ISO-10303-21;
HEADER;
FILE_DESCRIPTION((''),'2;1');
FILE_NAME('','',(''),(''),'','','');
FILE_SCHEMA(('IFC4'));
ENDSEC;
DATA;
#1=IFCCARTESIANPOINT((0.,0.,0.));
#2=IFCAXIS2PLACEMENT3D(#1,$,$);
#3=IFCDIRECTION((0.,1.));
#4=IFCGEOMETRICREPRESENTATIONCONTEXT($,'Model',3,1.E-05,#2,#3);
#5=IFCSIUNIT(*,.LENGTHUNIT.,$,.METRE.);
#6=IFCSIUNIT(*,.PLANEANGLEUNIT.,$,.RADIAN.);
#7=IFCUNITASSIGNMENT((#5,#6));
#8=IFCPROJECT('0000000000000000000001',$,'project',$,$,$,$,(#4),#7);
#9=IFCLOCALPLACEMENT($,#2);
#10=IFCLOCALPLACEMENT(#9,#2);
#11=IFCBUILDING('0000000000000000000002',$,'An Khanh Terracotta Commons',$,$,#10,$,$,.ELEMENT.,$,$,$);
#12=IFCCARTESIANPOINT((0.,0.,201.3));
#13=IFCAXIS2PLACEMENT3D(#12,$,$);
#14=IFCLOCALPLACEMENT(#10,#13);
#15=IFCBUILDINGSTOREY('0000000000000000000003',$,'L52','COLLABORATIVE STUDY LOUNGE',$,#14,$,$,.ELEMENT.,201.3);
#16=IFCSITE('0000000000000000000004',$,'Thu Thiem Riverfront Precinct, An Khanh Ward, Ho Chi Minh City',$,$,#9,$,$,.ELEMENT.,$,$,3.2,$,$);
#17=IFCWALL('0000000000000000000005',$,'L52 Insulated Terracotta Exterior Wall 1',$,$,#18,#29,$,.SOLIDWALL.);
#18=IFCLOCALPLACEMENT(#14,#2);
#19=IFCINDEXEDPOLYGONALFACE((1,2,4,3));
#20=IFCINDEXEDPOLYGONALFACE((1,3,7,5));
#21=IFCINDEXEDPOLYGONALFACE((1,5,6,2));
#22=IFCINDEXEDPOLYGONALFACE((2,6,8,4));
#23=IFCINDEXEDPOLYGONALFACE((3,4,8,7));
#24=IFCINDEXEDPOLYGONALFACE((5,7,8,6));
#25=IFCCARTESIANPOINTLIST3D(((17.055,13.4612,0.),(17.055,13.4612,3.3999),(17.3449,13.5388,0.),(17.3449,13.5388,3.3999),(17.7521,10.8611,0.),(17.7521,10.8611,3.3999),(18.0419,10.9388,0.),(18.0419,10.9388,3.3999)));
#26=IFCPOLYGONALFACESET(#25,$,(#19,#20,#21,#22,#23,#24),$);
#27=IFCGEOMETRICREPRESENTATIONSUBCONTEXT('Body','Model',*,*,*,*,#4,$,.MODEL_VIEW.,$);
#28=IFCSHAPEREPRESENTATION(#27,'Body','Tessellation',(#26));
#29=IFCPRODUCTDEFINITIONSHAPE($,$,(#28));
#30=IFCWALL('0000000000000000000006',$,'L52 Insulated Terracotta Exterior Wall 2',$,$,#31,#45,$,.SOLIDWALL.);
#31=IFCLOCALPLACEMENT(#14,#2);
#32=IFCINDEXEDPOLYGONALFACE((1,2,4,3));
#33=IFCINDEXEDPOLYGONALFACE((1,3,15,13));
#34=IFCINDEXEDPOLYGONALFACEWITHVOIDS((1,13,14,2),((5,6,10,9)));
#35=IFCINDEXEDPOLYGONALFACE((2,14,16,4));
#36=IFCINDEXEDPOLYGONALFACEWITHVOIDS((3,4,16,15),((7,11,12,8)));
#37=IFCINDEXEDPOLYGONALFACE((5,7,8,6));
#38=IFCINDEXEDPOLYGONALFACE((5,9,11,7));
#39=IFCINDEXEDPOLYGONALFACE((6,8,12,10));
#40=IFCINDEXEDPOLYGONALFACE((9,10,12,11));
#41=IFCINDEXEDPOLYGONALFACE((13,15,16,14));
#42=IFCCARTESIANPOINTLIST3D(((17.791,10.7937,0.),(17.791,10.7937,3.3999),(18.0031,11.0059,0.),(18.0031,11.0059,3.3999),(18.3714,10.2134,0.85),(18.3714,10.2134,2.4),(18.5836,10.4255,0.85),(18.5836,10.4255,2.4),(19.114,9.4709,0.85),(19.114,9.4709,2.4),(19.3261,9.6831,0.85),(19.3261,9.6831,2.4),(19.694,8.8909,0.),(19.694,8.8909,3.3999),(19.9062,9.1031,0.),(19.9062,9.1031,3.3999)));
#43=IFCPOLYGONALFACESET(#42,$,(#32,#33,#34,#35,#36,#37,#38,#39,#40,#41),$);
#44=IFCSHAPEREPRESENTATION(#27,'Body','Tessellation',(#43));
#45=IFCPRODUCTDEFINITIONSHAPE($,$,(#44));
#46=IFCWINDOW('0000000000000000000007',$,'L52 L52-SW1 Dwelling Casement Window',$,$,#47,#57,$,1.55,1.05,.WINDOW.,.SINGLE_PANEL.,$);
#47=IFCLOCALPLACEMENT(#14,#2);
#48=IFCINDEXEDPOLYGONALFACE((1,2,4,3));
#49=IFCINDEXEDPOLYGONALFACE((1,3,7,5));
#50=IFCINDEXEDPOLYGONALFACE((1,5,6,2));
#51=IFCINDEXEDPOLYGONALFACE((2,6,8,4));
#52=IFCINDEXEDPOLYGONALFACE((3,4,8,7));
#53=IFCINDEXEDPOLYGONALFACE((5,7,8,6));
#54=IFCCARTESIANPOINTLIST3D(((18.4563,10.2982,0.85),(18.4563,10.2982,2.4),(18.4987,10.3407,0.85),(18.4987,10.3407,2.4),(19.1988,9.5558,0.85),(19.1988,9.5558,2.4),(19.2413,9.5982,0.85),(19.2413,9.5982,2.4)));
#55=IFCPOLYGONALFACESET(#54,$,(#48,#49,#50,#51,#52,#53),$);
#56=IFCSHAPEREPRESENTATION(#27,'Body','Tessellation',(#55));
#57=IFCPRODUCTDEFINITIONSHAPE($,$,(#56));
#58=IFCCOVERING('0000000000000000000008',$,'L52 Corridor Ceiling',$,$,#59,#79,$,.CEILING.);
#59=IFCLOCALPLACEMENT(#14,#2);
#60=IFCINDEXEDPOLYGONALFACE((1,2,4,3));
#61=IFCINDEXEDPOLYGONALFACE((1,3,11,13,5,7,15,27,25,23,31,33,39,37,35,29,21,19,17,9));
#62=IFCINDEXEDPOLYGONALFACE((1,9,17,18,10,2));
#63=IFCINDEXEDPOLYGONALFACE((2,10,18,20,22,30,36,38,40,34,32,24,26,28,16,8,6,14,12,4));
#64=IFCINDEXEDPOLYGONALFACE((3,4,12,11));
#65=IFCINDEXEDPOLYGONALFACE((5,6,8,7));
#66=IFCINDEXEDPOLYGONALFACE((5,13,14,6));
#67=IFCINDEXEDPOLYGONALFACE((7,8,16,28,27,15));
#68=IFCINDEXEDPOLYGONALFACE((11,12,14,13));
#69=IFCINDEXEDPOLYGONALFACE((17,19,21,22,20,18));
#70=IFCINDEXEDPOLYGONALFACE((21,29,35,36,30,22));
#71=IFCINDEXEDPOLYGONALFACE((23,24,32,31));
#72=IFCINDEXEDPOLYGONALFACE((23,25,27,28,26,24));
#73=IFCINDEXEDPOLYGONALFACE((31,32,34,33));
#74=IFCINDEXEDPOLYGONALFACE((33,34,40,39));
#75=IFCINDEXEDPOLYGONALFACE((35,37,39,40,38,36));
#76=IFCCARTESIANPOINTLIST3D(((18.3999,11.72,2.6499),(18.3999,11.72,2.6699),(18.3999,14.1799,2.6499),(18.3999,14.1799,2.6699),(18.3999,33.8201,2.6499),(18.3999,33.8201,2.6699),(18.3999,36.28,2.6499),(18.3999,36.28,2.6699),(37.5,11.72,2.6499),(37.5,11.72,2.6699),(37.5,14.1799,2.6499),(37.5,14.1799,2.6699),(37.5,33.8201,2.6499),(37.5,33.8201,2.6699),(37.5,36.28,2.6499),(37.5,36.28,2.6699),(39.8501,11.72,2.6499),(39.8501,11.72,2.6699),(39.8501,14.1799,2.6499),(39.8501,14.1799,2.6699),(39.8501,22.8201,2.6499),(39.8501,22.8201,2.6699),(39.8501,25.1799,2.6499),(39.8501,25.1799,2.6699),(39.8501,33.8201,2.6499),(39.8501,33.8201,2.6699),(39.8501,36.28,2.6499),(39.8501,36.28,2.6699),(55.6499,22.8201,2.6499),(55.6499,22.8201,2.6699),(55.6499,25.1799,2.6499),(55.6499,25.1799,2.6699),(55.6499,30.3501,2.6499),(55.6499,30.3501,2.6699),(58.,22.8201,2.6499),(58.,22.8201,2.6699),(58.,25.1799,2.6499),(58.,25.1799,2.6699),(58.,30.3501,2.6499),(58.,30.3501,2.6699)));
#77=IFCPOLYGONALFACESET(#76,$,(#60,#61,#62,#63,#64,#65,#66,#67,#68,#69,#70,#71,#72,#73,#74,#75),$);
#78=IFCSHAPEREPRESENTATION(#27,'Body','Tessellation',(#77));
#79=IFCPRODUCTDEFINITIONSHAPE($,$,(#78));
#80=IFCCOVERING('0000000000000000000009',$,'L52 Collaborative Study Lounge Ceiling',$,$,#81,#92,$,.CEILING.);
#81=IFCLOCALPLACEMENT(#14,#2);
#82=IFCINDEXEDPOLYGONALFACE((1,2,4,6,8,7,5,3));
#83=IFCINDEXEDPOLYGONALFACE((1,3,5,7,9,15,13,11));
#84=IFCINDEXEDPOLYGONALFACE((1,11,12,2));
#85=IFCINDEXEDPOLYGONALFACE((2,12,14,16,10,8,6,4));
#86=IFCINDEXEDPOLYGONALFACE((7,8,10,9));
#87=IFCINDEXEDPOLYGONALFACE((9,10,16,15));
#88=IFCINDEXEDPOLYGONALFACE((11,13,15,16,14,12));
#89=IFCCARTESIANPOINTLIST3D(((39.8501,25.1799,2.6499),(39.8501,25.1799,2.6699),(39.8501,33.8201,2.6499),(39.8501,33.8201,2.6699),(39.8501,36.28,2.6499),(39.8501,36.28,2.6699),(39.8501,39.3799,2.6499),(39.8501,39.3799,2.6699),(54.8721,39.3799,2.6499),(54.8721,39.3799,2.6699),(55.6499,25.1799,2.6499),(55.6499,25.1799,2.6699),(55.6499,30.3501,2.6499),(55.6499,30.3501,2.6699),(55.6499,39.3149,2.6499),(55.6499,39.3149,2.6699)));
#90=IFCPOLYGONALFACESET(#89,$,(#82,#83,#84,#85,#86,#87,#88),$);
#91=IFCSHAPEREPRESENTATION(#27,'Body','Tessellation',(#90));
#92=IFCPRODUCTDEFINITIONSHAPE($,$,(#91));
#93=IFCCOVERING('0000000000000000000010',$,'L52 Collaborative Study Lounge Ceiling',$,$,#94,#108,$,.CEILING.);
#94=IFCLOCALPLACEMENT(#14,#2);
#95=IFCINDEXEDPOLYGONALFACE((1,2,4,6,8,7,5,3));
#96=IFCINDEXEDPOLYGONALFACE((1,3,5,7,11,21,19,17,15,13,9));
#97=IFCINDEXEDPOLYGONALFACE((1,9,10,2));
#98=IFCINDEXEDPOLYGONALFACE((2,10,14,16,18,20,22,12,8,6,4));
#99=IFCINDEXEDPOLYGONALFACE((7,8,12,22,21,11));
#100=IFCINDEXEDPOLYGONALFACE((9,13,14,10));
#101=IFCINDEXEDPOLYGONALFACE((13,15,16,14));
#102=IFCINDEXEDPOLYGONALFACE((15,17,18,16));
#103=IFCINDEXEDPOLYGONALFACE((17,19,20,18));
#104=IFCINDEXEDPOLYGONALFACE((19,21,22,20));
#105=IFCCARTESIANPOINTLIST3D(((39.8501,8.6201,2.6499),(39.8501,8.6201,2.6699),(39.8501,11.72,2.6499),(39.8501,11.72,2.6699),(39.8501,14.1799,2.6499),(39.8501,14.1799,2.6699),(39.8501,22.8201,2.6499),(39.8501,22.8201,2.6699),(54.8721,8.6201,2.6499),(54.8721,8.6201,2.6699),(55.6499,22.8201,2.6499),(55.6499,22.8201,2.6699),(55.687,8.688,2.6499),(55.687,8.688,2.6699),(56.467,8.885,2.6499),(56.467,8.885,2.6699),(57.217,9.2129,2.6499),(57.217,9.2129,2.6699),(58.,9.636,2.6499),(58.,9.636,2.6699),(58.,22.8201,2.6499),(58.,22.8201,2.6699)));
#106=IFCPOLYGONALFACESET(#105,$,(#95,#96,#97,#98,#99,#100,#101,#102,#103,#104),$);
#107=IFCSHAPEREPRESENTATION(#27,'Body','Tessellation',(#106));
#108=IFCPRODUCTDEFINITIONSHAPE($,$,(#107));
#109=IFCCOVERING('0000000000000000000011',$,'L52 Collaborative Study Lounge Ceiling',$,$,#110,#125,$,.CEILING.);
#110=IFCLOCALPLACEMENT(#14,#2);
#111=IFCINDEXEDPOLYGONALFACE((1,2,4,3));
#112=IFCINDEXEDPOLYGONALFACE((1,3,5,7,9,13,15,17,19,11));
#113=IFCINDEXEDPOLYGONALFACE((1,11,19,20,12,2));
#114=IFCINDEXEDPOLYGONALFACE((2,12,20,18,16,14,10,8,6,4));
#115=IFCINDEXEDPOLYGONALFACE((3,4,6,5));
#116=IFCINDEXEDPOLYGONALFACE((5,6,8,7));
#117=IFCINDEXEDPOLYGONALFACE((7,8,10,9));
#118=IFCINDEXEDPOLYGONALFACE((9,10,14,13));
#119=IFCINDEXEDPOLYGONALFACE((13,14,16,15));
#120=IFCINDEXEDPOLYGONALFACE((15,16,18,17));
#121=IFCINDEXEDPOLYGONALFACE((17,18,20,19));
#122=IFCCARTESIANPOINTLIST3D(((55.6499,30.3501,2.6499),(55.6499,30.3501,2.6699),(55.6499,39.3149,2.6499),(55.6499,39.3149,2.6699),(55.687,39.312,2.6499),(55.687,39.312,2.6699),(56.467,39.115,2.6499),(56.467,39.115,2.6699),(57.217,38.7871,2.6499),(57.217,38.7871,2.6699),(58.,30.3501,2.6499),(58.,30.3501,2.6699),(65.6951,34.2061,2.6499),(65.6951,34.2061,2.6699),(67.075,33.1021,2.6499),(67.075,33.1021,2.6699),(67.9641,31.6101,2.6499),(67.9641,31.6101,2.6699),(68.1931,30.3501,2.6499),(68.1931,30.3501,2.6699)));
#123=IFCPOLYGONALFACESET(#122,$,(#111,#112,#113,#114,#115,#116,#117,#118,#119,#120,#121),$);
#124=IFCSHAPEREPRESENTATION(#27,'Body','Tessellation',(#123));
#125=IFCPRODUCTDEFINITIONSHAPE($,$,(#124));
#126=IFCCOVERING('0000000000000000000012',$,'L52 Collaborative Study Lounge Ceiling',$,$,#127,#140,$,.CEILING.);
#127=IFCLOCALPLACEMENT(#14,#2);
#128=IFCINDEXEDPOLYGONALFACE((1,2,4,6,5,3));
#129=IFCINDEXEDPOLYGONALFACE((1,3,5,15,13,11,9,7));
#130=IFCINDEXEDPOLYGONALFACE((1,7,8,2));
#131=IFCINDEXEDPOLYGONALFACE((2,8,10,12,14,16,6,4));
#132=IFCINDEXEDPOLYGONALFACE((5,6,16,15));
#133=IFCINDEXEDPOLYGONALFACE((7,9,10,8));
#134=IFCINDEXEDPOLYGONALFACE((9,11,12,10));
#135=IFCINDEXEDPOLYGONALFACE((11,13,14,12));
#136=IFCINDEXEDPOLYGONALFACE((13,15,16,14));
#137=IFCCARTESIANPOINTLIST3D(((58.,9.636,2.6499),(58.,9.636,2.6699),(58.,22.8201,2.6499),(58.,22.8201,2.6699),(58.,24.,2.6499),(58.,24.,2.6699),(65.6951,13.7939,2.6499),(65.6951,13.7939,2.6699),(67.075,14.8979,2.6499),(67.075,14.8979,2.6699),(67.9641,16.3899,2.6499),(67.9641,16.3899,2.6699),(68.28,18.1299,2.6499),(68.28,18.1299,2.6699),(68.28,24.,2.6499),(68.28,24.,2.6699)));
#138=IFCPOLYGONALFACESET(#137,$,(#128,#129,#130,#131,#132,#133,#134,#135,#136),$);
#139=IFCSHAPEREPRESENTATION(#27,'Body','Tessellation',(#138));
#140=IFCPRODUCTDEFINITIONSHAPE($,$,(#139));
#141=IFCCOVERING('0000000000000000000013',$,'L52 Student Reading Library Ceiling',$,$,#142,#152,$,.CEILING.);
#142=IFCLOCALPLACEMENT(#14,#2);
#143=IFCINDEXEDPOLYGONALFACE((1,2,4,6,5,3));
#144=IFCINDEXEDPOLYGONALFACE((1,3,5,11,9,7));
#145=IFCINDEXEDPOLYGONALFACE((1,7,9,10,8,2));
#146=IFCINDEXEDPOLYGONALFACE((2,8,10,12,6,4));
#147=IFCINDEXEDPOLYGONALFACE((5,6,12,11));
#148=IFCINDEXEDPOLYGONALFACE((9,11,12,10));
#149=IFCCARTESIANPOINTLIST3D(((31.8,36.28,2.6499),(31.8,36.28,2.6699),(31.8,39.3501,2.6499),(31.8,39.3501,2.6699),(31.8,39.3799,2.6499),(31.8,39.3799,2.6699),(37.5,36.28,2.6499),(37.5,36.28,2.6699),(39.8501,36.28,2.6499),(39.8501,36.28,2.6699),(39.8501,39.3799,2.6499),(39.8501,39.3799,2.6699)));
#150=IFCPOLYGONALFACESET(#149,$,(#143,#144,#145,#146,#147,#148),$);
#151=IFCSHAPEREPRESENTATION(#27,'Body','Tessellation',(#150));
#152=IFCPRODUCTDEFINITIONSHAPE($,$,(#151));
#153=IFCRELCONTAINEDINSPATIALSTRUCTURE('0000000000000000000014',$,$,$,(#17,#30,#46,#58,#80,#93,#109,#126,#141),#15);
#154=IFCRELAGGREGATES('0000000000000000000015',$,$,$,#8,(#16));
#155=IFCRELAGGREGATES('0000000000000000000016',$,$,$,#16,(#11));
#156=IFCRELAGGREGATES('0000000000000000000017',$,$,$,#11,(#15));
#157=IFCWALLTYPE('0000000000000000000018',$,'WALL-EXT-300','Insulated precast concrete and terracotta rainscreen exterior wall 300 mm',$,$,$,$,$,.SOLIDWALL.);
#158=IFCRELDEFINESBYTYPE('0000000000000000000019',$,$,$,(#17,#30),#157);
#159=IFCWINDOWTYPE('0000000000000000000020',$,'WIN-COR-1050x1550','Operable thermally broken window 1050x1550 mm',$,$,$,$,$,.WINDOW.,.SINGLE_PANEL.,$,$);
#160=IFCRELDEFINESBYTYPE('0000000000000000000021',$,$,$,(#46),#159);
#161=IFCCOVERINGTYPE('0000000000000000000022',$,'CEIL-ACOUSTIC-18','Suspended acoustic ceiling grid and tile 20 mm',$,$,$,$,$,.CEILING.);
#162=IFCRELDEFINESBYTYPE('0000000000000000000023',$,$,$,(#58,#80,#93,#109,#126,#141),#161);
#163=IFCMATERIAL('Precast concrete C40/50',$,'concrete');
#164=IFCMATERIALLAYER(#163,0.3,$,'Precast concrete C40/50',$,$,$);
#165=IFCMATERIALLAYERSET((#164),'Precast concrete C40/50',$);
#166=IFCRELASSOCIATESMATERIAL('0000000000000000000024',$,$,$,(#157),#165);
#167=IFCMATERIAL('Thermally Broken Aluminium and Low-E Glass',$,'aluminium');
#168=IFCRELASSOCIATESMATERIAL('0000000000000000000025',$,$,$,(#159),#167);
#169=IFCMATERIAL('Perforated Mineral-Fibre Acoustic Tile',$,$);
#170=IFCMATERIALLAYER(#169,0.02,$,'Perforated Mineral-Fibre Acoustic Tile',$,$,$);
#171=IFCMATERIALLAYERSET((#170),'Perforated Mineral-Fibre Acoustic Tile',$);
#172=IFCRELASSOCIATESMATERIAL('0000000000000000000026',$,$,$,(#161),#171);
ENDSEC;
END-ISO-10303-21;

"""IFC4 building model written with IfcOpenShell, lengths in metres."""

from ifc_helpers import new_model, si_unit, direction, frame, frame_2d, origin, place, context, subcontext, project, spatial, polyline, rectangle, outline, extrude, material, layer, layer_set, type_object, element, fill, save


model = new_model("IFC4")

# Units and contexts
model_context = context("Model", 3, precision=1e-05, world=origin(), true_north=direction((0.0, 1.0)))
body_context = subcontext(model_context, "Body", "Model", "MODEL_VIEW")
ifc_project = project(units=[si_unit("LENGTHUNIT", "METRE"), si_unit("PLANEANGLEUNIT", "RADIAN")], contexts=[model_context])

# Site, building, storey
site_placement = place(None, origin())
site = spatial("IfcSite", under=ifc_project, at=site_placement, Name="Thu Thiem Riverfront Precinct, An Khanh Ward, Ho Chi Minh City", CompositionType="ELEMENT", RefElevation=3.2)
building_placement = place(site_placement, origin())
building = spatial("IfcBuilding", under=site, at=building_placement, Name="An Khanh Terracotta Commons", CompositionType="ELEMENT")
storey_placement = place(building_placement, frame((0.0, 0.0, 201.3)))
storey = spatial("IfcBuildingStorey", under=building, at=storey_placement, Name="L52", Description="COLLABORATIVE STUDY LOUNGE", CompositionType="ELEMENT", Elevation=201.3)

# Shared definitions
ifc_material_1 = material(Name="Precast concrete C40/50", Category="concrete")

# Wall
ifc_layer_1 = layer(ifc_material_1, 0.3, Name="Precast concrete C40/50")
ifc_layer_set_1 = layer_set([ifc_layer_1], Name="Precast concrete C40/50")
wall_type_1 = type_object("IfcWallType", Name="WALL-EXT-300", Description="Insulated precast concrete and terracotta rainscreen exterior wall 300 mm", PredefinedType="SOLIDWALL", material=ifc_layer_set_1)
wall_1_placement = place(storey_placement, frame((17.2, 13.5, 0.0), z_axis=(0.0, 0.0, 1.0), x_axis=(0.258933, -0.965895, 0.0)))
element("IfcWall", 1, at=wall_1_placement, inside=storey, type_object=wall_type_1, Name="L52 Insulated Terracotta Exterior Wall 1", PredefinedType="SOLIDWALL", context=body_context, shape_type="SweptSolid", body=[
    extrude(rectangle(XDim=2.6919, YDim=0.3, at=frame_2d((1.3459, 0.0))), origin(), (0.0, 0.0, 1.0), 3.3999),
])

# Wall, opening, window
wall_2_placement = place(storey_placement, frame((17.897, 10.8999, 0.0), z_axis=(0.0, 0.0, 1.0), x_axis=(0.707152, -0.707061, 0.0)))
wall_2 = element("IfcWall", 2, at=wall_2_placement, inside=storey, type_object=wall_type_1, Name="L52 Insulated Terracotta Exterior Wall 2", PredefinedType="SOLIDWALL", context=body_context, shape_type="SweptSolid", body=[
    extrude(rectangle(XDim=2.6912, YDim=0.3, at=frame_2d((1.3457, 0.0))), origin(), (0.0, 0.0, 1.0), 3.3999),
])
opening_1_placement = place(wall_2_placement, frame((0.821, 0.0, 0.8501)))
opening_1 = element("IfcOpeningElement", 3, at=opening_1_placement, cuts=wall_2, PredefinedType="OPENING", context=body_context, shape_type="SweptSolid", body=[
    extrude(rectangle(XDim=1.05, YDim=1.55, at=frame_2d((0.5249, 0.7749))), frame((0.0, 0.1599, 0.0), z_axis=(0.0, -1.0, 0.0), x_axis=(1.0, 0.0, 0.0)), (0.0, 0.0, 1.0), 0.3201),
])
ifc_material_2 = material(Name="Thermally Broken Aluminium and Low-E Glass", Category="aluminium")
window_type = type_object("IfcWindowType", Name="WIN-COR-1050x1550", Description="Operable thermally broken window 1050x1550 mm", PartitioningType="SINGLE_PANEL", PredefinedType="WINDOW", material=ifc_material_2)
window_placement = place(opening_1_placement, origin())
window = element("IfcWindow", 4, at=window_placement, inside=storey, type_object=window_type, Name="L52 L52-SW1 Dwelling Casement Window", OverallHeight=1.55, OverallWidth=1.05, PartitioningType="SINGLE_PANEL", PredefinedType="WINDOW", context=body_context, shape_type="SweptSolid", body=[
    extrude(rectangle(XDim=1.05, YDim=1.55, at=frame_2d((0.5249, 0.7749))), frame((0.0, 0.03, 0.0), z_axis=(0.0, -1.0, 0.0), x_axis=(1.0, 0.0, 0.0)), (0.0, 0.0, 1.0), 0.0601),
])
fill(opening_1, window)

# Coverings
ifc_material_3 = material(Name="Perforated Mineral-Fibre Acoustic Tile")
ifc_layer_2 = layer(ifc_material_3, 0.02, Name="Perforated Mineral-Fibre Acoustic Tile")
ifc_layer_set_2 = layer_set([ifc_layer_2], Name="Perforated Mineral-Fibre Acoustic Tile")
covering_type = type_object("IfcCoveringType", Name="CEIL-ACOUSTIC-18", Description="Suspended acoustic ceiling grid and tile 20 mm", PredefinedType="CEILING", material=ifc_layer_set_2)
covering_1_placement = place(storey_placement, frame((0.0, 0.0, 2.6499)))
element("IfcCovering", 5, at=covering_1_placement, inside=storey, type_object=covering_type, Name="L52 Corridor Ceiling", PredefinedType="CEILING", context=body_context, shape_type="SweptSolid", body=[
    extrude(outline(polyline([(18.3999, 11.72), (18.3999, 14.1799), (37.5, 14.1799), (37.5, 33.8201), (18.3999, 33.8201), (18.3999, 36.28), (37.5, 36.28), (39.8501, 36.28), (39.8501, 33.8201), (39.8501, 25.1799), (55.6499, 25.1799), (55.6499, 30.3501), (58.0, 30.3501), (58.0, 25.1799), (58.0, 22.8201), (55.6499, 22.8201), (39.8501, 22.8201), (39.8501, 14.1799), (39.8501, 11.72), (37.5, 11.72), (18.3999, 11.72)])), origin(), (0.0, 0.0, 1.0), 0.02),
])
covering_2_placement = place(storey_placement, frame((0.0, 0.0, 2.6499)))
element("IfcCovering", 6, at=covering_2_placement, inside=storey, type_object=covering_type, Name="L52 Collaborative Study Lounge Ceiling", PredefinedType="CEILING", context=body_context, shape_type="SweptSolid", body=[
    extrude(outline(polyline([(54.8721, 39.3799), (55.6499, 39.3149), (55.6499, 30.3501), (55.6499, 25.1799), (39.8501, 25.1799), (39.8501, 33.8201), (39.8501, 36.28), (39.8501, 39.3799), (54.8721, 39.3799)])), origin(), (0.0, 0.0, 1.0), 0.02),
])
covering_3_placement = place(storey_placement, frame((0.0, 0.0, 2.6499)))
element("IfcCovering", 7, at=covering_3_placement, inside=storey, type_object=covering_type, Name="L52 Collaborative Study Lounge Ceiling", PredefinedType="CEILING", context=body_context, shape_type="SweptSolid", body=[
    extrude(outline(polyline([(57.217, 9.2129), (56.467, 8.885), (55.687, 8.688), (54.8721, 8.6201), (39.8501, 8.6201), (39.8501, 11.72), (39.8501, 14.1799), (39.8501, 22.8201), (55.6499, 22.8201), (58.0, 22.8201), (58.0, 9.636), (57.217, 9.2129)])), origin(), (0.0, 0.0, 1.0), 0.02),
])
covering_4_placement = place(storey_placement, frame((0.0, 0.0, 2.6499)))
element("IfcCovering", 8, at=covering_4_placement, inside=storey, type_object=covering_type, Name="L52 Collaborative Study Lounge Ceiling", PredefinedType="CEILING", context=body_context, shape_type="SweptSolid", body=[
    extrude(outline(polyline([(55.687, 39.312), (56.467, 39.115), (57.217, 38.7871), (65.6951, 34.2061), (67.075, 33.1021), (67.9641, 31.6101), (68.1931, 30.3501), (58.0, 30.3501), (55.6499, 30.3501), (55.6499, 39.3149), (55.687, 39.312)])), origin(), (0.0, 0.0, 1.0), 0.02),
])
covering_5_placement = place(storey_placement, frame((0.0, 0.0, 2.6499)))
element("IfcCovering", 9, at=covering_5_placement, inside=storey, type_object=covering_type, Name="L52 Collaborative Study Lounge Ceiling", PredefinedType="CEILING", context=body_context, shape_type="SweptSolid", body=[
    extrude(outline(polyline([(68.28, 18.1299), (67.9641, 16.3899), (67.075, 14.8979), (65.6951, 13.7939), (58.0, 9.636), (58.0, 22.8201), (58.0, 24.0), (68.28, 24.0), (68.28, 18.1299)])), origin(), (0.0, 0.0, 1.0), 0.02),
])
covering_6_placement = place(storey_placement, frame((0.0, 0.0, 2.6499)))
element("IfcCovering", 10, at=covering_6_placement, inside=storey, type_object=covering_type, Name="L52 Student Reading Library Ceiling", PredefinedType="CEILING", context=body_context, shape_type="SweptSolid", body=[
    extrude(outline(polyline([(39.8501, 39.3799), (39.8501, 36.28), (37.5, 36.28), (31.8, 36.28), (31.8, 39.3501), (31.8, 39.3799), (39.8501, 39.3799)])), origin(), (0.0, 0.0, 1.0), 0.02),
])

save(model, "model.ifc")
